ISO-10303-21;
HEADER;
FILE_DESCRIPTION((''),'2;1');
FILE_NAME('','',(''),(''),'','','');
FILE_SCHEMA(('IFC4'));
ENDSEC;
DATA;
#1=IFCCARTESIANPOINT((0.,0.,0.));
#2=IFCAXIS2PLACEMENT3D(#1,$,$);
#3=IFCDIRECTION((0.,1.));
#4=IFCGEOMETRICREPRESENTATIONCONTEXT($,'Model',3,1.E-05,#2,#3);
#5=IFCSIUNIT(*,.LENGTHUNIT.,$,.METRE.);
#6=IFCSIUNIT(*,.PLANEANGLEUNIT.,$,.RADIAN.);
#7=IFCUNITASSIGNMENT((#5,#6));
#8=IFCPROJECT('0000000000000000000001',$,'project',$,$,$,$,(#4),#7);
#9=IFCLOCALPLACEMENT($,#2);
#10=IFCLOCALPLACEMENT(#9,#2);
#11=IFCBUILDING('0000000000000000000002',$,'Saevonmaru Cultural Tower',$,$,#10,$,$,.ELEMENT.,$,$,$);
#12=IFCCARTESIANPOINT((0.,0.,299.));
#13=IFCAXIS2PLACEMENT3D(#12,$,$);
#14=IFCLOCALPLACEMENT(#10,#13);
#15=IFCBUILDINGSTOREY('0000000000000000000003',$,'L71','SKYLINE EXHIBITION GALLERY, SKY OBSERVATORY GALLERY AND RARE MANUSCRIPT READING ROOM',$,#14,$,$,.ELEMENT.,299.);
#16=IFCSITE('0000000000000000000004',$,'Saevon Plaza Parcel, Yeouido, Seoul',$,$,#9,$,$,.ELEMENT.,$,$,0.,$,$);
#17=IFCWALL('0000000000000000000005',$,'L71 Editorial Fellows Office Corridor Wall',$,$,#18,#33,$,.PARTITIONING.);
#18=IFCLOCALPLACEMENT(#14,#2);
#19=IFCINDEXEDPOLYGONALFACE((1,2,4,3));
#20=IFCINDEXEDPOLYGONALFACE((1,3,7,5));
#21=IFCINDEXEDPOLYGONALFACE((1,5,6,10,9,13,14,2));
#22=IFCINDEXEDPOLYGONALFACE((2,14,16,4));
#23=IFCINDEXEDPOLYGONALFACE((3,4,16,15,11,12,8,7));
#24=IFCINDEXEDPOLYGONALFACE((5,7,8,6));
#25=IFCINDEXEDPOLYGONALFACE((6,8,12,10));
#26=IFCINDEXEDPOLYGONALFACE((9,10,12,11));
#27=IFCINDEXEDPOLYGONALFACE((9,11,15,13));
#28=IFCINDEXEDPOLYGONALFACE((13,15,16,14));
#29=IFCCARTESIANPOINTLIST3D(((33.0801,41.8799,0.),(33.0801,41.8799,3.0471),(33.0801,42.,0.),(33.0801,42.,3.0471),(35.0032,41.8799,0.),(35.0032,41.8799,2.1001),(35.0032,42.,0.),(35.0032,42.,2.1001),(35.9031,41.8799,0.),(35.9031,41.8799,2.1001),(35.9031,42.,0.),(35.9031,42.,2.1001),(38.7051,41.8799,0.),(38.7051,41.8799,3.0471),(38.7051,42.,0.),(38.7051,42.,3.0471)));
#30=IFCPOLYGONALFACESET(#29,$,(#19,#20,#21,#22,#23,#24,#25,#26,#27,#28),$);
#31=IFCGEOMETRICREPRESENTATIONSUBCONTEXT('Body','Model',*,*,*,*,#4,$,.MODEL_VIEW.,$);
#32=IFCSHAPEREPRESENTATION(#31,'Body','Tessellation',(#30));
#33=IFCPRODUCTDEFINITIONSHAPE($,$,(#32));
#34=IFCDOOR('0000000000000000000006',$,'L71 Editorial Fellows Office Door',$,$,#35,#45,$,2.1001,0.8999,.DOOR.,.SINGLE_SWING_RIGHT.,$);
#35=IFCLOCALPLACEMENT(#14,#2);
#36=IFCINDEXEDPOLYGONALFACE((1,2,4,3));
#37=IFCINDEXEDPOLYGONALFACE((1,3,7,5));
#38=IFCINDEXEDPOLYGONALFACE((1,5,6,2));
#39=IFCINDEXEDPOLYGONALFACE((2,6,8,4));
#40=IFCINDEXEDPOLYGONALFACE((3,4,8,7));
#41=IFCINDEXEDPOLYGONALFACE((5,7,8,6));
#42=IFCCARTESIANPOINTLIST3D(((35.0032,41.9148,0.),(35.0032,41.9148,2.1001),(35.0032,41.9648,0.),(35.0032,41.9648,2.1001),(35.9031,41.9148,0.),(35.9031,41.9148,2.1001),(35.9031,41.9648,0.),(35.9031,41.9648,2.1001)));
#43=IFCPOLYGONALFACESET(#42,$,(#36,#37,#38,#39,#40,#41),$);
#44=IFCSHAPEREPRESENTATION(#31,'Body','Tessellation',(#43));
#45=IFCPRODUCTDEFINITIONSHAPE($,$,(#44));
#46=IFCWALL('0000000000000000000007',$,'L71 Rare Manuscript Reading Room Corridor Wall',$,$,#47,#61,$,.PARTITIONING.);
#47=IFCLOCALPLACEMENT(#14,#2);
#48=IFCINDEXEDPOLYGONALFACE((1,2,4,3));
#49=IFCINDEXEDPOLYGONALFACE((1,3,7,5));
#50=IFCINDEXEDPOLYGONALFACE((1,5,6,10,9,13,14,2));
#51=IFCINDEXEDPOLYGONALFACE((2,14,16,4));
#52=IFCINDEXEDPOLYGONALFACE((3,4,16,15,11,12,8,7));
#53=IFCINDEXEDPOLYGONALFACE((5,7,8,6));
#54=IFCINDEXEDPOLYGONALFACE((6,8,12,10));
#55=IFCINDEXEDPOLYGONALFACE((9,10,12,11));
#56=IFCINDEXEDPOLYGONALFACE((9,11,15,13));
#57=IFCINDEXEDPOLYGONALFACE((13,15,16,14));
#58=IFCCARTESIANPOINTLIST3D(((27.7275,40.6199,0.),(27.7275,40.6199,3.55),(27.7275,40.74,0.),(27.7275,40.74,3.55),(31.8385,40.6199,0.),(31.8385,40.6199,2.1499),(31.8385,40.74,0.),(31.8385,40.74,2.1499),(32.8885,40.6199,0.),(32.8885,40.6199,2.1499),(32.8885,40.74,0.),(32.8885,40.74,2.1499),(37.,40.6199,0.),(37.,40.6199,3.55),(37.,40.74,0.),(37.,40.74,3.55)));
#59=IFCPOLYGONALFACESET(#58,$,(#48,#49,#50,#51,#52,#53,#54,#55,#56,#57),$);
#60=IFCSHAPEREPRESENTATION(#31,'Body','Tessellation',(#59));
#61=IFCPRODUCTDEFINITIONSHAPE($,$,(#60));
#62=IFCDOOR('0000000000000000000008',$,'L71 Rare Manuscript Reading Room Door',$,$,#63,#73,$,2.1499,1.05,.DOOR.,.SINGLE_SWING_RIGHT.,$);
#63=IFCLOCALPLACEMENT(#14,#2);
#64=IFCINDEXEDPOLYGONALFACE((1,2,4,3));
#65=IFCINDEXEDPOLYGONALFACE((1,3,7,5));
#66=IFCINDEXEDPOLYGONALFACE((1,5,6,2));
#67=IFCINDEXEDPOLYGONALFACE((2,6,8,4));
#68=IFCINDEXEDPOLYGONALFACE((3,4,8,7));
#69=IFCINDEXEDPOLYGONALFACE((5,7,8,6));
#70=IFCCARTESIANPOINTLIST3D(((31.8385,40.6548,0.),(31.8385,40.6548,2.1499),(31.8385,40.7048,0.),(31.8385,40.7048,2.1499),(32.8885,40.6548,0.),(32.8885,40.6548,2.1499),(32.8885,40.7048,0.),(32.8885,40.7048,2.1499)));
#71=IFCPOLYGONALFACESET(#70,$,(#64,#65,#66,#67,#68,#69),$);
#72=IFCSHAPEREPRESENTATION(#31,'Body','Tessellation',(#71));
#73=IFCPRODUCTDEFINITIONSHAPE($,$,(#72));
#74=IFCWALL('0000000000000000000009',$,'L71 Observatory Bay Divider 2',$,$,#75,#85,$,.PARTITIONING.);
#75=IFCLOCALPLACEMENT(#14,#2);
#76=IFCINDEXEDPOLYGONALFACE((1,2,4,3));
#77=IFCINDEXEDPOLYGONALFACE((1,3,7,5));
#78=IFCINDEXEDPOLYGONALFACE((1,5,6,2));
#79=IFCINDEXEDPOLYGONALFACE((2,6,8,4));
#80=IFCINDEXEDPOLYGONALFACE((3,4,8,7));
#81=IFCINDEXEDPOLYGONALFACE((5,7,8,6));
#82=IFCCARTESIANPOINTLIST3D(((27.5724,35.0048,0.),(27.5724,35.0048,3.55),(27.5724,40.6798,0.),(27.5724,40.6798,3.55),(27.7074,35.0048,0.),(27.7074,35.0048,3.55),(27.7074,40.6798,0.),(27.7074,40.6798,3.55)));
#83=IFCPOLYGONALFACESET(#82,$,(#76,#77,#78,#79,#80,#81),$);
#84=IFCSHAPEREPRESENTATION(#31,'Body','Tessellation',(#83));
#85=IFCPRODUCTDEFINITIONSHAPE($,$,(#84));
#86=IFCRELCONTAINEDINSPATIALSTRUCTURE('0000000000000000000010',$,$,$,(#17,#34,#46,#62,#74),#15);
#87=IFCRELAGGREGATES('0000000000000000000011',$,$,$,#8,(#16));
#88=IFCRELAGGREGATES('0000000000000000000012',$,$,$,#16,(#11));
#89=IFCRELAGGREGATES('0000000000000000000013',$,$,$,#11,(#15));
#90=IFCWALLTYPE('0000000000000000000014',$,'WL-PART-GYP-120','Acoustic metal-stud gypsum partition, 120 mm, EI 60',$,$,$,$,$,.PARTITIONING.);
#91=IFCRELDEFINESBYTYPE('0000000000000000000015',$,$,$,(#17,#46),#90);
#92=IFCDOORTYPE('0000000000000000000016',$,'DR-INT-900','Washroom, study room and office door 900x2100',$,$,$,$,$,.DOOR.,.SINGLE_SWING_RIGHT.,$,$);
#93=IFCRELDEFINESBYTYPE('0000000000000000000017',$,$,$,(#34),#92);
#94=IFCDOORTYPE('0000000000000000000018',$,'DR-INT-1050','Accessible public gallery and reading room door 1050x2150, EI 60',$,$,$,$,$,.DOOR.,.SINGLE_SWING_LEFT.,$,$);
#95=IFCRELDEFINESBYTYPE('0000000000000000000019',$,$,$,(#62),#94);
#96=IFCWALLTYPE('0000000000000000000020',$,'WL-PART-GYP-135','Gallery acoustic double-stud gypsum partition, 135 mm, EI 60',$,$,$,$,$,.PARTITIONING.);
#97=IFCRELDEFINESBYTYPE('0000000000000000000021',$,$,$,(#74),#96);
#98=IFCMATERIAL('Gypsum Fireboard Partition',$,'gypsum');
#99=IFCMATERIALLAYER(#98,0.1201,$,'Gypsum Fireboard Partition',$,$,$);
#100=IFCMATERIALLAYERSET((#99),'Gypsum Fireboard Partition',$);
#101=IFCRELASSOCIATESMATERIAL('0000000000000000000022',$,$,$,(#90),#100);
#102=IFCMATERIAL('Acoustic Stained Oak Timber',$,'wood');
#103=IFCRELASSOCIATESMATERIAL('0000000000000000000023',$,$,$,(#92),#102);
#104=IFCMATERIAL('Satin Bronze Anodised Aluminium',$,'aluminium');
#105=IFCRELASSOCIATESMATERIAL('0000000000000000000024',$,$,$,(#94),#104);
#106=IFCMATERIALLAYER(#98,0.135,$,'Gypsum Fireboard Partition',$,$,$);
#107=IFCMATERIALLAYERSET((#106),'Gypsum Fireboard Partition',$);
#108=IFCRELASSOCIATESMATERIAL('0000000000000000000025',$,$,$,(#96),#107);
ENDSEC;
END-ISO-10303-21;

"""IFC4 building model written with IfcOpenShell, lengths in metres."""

from ifc_helpers import new_model, si_unit, direction, frame, frame_2d, origin, place, context, subcontext, project, spatial, rectangle, extrude, material, layer, layer_set, type_object, element, fill, save


model = new_model("IFC4")

# Units and contexts
model_context = context("Model", 3, precision=1e-05, world=origin(), true_north=direction((0.0, 1.0)))
body_context = subcontext(model_context, "Body", "Model", "MODEL_VIEW")
ifc_project = project(units=[si_unit("LENGTHUNIT", "METRE"), si_unit("PLANEANGLEUNIT", "RADIAN")], contexts=[model_context])

# Site, building, storey
site_placement = place(None, origin())
site = spatial("IfcSite", under=ifc_project, at=site_placement, Name="Saevon Plaza Parcel, Yeouido, Seoul", CompositionType="ELEMENT", RefElevation=0.0)
building_placement = place(site_placement, origin())
building = spatial("IfcBuilding", under=site, at=building_placement, Name="Saevonmaru Cultural Tower", CompositionType="ELEMENT")
storey_placement = place(building_placement, frame((0.0, 0.0, 299.0)))
storey = spatial("IfcBuildingStorey", under=building, at=storey_placement, Name="L71", Description="SKYLINE EXHIBITION GALLERY, SKY OBSERVATORY GALLERY AND RARE MANUSCRIPT READING ROOM", CompositionType="ELEMENT", Elevation=299.0)

# Shared definitions
ifc_material_1 = material(Name="Satin Bronze Anodised Aluminium", Category="aluminium")

# Shared definitions
ifc_material_2 = material(Name="Gypsum Fireboard Partition", Category="gypsum")

# Shared definitions
ifc_layer_1 = layer(ifc_material_2, 0.1201, Name="Gypsum Fireboard Partition")
ifc_layer_set_1 = layer_set([ifc_layer_1], Name="Gypsum Fireboard Partition")
wall_type_1 = type_object("IfcWallType", Name="WL-PART-GYP-120", Description="Acoustic metal-stud gypsum partition, 120 mm, EI 60", PredefinedType="PARTITIONING", material=ifc_layer_set_1)

# Walls, openings, doors
wall_1_placement = place(storey_placement, frame((33.0801, 41.9399, 0.0), z_axis=(0.0, 0.0, 1.0), x_axis=(1.0, 0.0, 0.0)))
wall_1 = element("IfcWall", 1, at=wall_1_placement, inside=storey, type_object=wall_type_1, Name="L71 Editorial Fellows Office Corridor Wall", PredefinedType="PARTITIONING", context=body_context, shape_type="SweptSolid", body=[
    extrude(rectangle(XDim=5.625, YDim=0.1201, at=frame_2d((2.8125, 0.0))), origin(), (0.0, 0.0, 1.0), 3.0471),
])
opening_1_placement = place(wall_1_placement, frame((1.9231, 0.0, 0.0)))
opening_1 = element("IfcOpeningElement", 2, at=opening_1_placement, cuts=wall_1, PredefinedType="OPENING", context=body_context, shape_type="SweptSolid", body=[
    extrude(rectangle(XDim=0.8999, YDim=2.1001, at=frame_2d((0.45, 1.05))), frame((0.0, 0.0701, 0.0), z_axis=(0.0, -1.0, 0.0), x_axis=(1.0, 0.0, 0.0)), (0.0, 0.0, 1.0), 0.1401),
])
ifc_material_3 = material(Name="Acoustic Stained Oak Timber", Category="wood")
door_type_1 = type_object("IfcDoorType", Name="DR-INT-900", Description="Washroom, study room and office door 900x2100", OperationType="SINGLE_SWING_RIGHT", PredefinedType="DOOR", material=ifc_material_3)
door_1_placement = place(opening_1_placement, origin())
door_1 = element("IfcDoor", 3, at=door_1_placement, inside=storey, type_object=door_type_1, Name="L71 Editorial Fellows Office Door", OperationType="SINGLE_SWING_RIGHT", OverallHeight=2.1001, OverallWidth=0.8999, PredefinedType="DOOR", context=body_context, shape_type="SweptSolid", body=[
    extrude(rectangle(XDim=0.8999, YDim=2.1001, at=frame_2d((0.45, 1.05))), frame((0.0, 0.0249, 0.0), z_axis=(0.0, -1.0, 0.0), x_axis=(1.0, 0.0, 0.0)), (0.0, 0.0, 1.0), 0.05),
])
fill(opening_1, door_1)
wall_2_placement = place(storey_placement, frame((27.7275, 40.6799, 0.0), z_axis=(0.0, 0.0, 1.0), x_axis=(1.0, 0.0, 0.0)))
wall_2 = element("IfcWall", 4, at=wall_2_placement, inside=storey, type_object=wall_type_1, Name="L71 Rare Manuscript Reading Room Corridor Wall", PredefinedType="PARTITIONING", context=body_context, shape_type="SweptSolid", body=[
    extrude(rectangle(XDim=9.2725, YDim=0.1201, at=frame_2d((4.6362, 0.0))), origin(), (0.0, 0.0, 1.0), 3.55),
])
opening_2_placement = place(wall_2_placement, frame((4.1111, 0.0, 0.0)))
opening_2 = element("IfcOpeningElement", 5, at=opening_2_placement, cuts=wall_2, PredefinedType="OPENING", context=body_context, shape_type="SweptSolid", body=[
    extrude(rectangle(XDim=1.05, YDim=2.1499, at=frame_2d((0.5249, 1.075))), frame((0.0, 0.0701, 0.0), z_axis=(0.0, -1.0, 0.0), x_axis=(1.0, 0.0, 0.0)), (0.0, 0.0, 1.0), 0.1401),
])
door_type_2 = type_object("IfcDoorType", Name="DR-INT-1050", Description="Accessible public gallery and reading room door 1050x2150, EI 60", OperationType="SINGLE_SWING_LEFT", PredefinedType="DOOR", material=ifc_material_1)
door_2_placement = place(opening_2_placement, origin())
door_2 = element("IfcDoor", 6, at=door_2_placement, inside=storey, type_object=door_type_2, Name="L71 Rare Manuscript Reading Room Door", OperationType="SINGLE_SWING_RIGHT", OverallHeight=2.1499, OverallWidth=1.05, PredefinedType="DOOR", context=body_context, shape_type="SweptSolid", body=[
    extrude(rectangle(XDim=1.05, YDim=2.1499, at=frame_2d((0.5249, 1.075))), frame((0.0, 0.0249, 0.0), z_axis=(0.0, -1.0, 0.0), x_axis=(1.0, 0.0, 0.0)), (0.0, 0.0, 1.0), 0.05),
])
fill(opening_2, door_2)

# Wall
ifc_layer_2 = layer(ifc_material_2, 0.135, Name="Gypsum Fireboard Partition")
ifc_layer_set_2 = layer_set([ifc_layer_2], Name="Gypsum Fireboard Partition")
wall_type_2 = type_object("IfcWallType", Name="WL-PART-GYP-135", Description="Gallery acoustic double-stud gypsum partition, 135 mm, EI 60", PredefinedType="PARTITIONING", material=ifc_layer_set_2)
wall_3_placement = place(storey_placement, frame((27.6399, 35.0049, 0.0), z_axis=(0.0, 0.0, 1.0), x_axis=(0.0, 1.0, 0.0)))
element("IfcWall", 7, at=wall_3_placement, inside=storey, type_object=wall_type_2, Name="L71 Observatory Bay Divider 2", PredefinedType="PARTITIONING", context=body_context, shape_type="SweptSolid", body=[
    extrude(rectangle(XDim=5.675, YDim=0.135, at=frame_2d((2.8374, 0.0))), origin(), (0.0, 0.0, 1.0), 3.55),
])

save(model, "model.ifc")
